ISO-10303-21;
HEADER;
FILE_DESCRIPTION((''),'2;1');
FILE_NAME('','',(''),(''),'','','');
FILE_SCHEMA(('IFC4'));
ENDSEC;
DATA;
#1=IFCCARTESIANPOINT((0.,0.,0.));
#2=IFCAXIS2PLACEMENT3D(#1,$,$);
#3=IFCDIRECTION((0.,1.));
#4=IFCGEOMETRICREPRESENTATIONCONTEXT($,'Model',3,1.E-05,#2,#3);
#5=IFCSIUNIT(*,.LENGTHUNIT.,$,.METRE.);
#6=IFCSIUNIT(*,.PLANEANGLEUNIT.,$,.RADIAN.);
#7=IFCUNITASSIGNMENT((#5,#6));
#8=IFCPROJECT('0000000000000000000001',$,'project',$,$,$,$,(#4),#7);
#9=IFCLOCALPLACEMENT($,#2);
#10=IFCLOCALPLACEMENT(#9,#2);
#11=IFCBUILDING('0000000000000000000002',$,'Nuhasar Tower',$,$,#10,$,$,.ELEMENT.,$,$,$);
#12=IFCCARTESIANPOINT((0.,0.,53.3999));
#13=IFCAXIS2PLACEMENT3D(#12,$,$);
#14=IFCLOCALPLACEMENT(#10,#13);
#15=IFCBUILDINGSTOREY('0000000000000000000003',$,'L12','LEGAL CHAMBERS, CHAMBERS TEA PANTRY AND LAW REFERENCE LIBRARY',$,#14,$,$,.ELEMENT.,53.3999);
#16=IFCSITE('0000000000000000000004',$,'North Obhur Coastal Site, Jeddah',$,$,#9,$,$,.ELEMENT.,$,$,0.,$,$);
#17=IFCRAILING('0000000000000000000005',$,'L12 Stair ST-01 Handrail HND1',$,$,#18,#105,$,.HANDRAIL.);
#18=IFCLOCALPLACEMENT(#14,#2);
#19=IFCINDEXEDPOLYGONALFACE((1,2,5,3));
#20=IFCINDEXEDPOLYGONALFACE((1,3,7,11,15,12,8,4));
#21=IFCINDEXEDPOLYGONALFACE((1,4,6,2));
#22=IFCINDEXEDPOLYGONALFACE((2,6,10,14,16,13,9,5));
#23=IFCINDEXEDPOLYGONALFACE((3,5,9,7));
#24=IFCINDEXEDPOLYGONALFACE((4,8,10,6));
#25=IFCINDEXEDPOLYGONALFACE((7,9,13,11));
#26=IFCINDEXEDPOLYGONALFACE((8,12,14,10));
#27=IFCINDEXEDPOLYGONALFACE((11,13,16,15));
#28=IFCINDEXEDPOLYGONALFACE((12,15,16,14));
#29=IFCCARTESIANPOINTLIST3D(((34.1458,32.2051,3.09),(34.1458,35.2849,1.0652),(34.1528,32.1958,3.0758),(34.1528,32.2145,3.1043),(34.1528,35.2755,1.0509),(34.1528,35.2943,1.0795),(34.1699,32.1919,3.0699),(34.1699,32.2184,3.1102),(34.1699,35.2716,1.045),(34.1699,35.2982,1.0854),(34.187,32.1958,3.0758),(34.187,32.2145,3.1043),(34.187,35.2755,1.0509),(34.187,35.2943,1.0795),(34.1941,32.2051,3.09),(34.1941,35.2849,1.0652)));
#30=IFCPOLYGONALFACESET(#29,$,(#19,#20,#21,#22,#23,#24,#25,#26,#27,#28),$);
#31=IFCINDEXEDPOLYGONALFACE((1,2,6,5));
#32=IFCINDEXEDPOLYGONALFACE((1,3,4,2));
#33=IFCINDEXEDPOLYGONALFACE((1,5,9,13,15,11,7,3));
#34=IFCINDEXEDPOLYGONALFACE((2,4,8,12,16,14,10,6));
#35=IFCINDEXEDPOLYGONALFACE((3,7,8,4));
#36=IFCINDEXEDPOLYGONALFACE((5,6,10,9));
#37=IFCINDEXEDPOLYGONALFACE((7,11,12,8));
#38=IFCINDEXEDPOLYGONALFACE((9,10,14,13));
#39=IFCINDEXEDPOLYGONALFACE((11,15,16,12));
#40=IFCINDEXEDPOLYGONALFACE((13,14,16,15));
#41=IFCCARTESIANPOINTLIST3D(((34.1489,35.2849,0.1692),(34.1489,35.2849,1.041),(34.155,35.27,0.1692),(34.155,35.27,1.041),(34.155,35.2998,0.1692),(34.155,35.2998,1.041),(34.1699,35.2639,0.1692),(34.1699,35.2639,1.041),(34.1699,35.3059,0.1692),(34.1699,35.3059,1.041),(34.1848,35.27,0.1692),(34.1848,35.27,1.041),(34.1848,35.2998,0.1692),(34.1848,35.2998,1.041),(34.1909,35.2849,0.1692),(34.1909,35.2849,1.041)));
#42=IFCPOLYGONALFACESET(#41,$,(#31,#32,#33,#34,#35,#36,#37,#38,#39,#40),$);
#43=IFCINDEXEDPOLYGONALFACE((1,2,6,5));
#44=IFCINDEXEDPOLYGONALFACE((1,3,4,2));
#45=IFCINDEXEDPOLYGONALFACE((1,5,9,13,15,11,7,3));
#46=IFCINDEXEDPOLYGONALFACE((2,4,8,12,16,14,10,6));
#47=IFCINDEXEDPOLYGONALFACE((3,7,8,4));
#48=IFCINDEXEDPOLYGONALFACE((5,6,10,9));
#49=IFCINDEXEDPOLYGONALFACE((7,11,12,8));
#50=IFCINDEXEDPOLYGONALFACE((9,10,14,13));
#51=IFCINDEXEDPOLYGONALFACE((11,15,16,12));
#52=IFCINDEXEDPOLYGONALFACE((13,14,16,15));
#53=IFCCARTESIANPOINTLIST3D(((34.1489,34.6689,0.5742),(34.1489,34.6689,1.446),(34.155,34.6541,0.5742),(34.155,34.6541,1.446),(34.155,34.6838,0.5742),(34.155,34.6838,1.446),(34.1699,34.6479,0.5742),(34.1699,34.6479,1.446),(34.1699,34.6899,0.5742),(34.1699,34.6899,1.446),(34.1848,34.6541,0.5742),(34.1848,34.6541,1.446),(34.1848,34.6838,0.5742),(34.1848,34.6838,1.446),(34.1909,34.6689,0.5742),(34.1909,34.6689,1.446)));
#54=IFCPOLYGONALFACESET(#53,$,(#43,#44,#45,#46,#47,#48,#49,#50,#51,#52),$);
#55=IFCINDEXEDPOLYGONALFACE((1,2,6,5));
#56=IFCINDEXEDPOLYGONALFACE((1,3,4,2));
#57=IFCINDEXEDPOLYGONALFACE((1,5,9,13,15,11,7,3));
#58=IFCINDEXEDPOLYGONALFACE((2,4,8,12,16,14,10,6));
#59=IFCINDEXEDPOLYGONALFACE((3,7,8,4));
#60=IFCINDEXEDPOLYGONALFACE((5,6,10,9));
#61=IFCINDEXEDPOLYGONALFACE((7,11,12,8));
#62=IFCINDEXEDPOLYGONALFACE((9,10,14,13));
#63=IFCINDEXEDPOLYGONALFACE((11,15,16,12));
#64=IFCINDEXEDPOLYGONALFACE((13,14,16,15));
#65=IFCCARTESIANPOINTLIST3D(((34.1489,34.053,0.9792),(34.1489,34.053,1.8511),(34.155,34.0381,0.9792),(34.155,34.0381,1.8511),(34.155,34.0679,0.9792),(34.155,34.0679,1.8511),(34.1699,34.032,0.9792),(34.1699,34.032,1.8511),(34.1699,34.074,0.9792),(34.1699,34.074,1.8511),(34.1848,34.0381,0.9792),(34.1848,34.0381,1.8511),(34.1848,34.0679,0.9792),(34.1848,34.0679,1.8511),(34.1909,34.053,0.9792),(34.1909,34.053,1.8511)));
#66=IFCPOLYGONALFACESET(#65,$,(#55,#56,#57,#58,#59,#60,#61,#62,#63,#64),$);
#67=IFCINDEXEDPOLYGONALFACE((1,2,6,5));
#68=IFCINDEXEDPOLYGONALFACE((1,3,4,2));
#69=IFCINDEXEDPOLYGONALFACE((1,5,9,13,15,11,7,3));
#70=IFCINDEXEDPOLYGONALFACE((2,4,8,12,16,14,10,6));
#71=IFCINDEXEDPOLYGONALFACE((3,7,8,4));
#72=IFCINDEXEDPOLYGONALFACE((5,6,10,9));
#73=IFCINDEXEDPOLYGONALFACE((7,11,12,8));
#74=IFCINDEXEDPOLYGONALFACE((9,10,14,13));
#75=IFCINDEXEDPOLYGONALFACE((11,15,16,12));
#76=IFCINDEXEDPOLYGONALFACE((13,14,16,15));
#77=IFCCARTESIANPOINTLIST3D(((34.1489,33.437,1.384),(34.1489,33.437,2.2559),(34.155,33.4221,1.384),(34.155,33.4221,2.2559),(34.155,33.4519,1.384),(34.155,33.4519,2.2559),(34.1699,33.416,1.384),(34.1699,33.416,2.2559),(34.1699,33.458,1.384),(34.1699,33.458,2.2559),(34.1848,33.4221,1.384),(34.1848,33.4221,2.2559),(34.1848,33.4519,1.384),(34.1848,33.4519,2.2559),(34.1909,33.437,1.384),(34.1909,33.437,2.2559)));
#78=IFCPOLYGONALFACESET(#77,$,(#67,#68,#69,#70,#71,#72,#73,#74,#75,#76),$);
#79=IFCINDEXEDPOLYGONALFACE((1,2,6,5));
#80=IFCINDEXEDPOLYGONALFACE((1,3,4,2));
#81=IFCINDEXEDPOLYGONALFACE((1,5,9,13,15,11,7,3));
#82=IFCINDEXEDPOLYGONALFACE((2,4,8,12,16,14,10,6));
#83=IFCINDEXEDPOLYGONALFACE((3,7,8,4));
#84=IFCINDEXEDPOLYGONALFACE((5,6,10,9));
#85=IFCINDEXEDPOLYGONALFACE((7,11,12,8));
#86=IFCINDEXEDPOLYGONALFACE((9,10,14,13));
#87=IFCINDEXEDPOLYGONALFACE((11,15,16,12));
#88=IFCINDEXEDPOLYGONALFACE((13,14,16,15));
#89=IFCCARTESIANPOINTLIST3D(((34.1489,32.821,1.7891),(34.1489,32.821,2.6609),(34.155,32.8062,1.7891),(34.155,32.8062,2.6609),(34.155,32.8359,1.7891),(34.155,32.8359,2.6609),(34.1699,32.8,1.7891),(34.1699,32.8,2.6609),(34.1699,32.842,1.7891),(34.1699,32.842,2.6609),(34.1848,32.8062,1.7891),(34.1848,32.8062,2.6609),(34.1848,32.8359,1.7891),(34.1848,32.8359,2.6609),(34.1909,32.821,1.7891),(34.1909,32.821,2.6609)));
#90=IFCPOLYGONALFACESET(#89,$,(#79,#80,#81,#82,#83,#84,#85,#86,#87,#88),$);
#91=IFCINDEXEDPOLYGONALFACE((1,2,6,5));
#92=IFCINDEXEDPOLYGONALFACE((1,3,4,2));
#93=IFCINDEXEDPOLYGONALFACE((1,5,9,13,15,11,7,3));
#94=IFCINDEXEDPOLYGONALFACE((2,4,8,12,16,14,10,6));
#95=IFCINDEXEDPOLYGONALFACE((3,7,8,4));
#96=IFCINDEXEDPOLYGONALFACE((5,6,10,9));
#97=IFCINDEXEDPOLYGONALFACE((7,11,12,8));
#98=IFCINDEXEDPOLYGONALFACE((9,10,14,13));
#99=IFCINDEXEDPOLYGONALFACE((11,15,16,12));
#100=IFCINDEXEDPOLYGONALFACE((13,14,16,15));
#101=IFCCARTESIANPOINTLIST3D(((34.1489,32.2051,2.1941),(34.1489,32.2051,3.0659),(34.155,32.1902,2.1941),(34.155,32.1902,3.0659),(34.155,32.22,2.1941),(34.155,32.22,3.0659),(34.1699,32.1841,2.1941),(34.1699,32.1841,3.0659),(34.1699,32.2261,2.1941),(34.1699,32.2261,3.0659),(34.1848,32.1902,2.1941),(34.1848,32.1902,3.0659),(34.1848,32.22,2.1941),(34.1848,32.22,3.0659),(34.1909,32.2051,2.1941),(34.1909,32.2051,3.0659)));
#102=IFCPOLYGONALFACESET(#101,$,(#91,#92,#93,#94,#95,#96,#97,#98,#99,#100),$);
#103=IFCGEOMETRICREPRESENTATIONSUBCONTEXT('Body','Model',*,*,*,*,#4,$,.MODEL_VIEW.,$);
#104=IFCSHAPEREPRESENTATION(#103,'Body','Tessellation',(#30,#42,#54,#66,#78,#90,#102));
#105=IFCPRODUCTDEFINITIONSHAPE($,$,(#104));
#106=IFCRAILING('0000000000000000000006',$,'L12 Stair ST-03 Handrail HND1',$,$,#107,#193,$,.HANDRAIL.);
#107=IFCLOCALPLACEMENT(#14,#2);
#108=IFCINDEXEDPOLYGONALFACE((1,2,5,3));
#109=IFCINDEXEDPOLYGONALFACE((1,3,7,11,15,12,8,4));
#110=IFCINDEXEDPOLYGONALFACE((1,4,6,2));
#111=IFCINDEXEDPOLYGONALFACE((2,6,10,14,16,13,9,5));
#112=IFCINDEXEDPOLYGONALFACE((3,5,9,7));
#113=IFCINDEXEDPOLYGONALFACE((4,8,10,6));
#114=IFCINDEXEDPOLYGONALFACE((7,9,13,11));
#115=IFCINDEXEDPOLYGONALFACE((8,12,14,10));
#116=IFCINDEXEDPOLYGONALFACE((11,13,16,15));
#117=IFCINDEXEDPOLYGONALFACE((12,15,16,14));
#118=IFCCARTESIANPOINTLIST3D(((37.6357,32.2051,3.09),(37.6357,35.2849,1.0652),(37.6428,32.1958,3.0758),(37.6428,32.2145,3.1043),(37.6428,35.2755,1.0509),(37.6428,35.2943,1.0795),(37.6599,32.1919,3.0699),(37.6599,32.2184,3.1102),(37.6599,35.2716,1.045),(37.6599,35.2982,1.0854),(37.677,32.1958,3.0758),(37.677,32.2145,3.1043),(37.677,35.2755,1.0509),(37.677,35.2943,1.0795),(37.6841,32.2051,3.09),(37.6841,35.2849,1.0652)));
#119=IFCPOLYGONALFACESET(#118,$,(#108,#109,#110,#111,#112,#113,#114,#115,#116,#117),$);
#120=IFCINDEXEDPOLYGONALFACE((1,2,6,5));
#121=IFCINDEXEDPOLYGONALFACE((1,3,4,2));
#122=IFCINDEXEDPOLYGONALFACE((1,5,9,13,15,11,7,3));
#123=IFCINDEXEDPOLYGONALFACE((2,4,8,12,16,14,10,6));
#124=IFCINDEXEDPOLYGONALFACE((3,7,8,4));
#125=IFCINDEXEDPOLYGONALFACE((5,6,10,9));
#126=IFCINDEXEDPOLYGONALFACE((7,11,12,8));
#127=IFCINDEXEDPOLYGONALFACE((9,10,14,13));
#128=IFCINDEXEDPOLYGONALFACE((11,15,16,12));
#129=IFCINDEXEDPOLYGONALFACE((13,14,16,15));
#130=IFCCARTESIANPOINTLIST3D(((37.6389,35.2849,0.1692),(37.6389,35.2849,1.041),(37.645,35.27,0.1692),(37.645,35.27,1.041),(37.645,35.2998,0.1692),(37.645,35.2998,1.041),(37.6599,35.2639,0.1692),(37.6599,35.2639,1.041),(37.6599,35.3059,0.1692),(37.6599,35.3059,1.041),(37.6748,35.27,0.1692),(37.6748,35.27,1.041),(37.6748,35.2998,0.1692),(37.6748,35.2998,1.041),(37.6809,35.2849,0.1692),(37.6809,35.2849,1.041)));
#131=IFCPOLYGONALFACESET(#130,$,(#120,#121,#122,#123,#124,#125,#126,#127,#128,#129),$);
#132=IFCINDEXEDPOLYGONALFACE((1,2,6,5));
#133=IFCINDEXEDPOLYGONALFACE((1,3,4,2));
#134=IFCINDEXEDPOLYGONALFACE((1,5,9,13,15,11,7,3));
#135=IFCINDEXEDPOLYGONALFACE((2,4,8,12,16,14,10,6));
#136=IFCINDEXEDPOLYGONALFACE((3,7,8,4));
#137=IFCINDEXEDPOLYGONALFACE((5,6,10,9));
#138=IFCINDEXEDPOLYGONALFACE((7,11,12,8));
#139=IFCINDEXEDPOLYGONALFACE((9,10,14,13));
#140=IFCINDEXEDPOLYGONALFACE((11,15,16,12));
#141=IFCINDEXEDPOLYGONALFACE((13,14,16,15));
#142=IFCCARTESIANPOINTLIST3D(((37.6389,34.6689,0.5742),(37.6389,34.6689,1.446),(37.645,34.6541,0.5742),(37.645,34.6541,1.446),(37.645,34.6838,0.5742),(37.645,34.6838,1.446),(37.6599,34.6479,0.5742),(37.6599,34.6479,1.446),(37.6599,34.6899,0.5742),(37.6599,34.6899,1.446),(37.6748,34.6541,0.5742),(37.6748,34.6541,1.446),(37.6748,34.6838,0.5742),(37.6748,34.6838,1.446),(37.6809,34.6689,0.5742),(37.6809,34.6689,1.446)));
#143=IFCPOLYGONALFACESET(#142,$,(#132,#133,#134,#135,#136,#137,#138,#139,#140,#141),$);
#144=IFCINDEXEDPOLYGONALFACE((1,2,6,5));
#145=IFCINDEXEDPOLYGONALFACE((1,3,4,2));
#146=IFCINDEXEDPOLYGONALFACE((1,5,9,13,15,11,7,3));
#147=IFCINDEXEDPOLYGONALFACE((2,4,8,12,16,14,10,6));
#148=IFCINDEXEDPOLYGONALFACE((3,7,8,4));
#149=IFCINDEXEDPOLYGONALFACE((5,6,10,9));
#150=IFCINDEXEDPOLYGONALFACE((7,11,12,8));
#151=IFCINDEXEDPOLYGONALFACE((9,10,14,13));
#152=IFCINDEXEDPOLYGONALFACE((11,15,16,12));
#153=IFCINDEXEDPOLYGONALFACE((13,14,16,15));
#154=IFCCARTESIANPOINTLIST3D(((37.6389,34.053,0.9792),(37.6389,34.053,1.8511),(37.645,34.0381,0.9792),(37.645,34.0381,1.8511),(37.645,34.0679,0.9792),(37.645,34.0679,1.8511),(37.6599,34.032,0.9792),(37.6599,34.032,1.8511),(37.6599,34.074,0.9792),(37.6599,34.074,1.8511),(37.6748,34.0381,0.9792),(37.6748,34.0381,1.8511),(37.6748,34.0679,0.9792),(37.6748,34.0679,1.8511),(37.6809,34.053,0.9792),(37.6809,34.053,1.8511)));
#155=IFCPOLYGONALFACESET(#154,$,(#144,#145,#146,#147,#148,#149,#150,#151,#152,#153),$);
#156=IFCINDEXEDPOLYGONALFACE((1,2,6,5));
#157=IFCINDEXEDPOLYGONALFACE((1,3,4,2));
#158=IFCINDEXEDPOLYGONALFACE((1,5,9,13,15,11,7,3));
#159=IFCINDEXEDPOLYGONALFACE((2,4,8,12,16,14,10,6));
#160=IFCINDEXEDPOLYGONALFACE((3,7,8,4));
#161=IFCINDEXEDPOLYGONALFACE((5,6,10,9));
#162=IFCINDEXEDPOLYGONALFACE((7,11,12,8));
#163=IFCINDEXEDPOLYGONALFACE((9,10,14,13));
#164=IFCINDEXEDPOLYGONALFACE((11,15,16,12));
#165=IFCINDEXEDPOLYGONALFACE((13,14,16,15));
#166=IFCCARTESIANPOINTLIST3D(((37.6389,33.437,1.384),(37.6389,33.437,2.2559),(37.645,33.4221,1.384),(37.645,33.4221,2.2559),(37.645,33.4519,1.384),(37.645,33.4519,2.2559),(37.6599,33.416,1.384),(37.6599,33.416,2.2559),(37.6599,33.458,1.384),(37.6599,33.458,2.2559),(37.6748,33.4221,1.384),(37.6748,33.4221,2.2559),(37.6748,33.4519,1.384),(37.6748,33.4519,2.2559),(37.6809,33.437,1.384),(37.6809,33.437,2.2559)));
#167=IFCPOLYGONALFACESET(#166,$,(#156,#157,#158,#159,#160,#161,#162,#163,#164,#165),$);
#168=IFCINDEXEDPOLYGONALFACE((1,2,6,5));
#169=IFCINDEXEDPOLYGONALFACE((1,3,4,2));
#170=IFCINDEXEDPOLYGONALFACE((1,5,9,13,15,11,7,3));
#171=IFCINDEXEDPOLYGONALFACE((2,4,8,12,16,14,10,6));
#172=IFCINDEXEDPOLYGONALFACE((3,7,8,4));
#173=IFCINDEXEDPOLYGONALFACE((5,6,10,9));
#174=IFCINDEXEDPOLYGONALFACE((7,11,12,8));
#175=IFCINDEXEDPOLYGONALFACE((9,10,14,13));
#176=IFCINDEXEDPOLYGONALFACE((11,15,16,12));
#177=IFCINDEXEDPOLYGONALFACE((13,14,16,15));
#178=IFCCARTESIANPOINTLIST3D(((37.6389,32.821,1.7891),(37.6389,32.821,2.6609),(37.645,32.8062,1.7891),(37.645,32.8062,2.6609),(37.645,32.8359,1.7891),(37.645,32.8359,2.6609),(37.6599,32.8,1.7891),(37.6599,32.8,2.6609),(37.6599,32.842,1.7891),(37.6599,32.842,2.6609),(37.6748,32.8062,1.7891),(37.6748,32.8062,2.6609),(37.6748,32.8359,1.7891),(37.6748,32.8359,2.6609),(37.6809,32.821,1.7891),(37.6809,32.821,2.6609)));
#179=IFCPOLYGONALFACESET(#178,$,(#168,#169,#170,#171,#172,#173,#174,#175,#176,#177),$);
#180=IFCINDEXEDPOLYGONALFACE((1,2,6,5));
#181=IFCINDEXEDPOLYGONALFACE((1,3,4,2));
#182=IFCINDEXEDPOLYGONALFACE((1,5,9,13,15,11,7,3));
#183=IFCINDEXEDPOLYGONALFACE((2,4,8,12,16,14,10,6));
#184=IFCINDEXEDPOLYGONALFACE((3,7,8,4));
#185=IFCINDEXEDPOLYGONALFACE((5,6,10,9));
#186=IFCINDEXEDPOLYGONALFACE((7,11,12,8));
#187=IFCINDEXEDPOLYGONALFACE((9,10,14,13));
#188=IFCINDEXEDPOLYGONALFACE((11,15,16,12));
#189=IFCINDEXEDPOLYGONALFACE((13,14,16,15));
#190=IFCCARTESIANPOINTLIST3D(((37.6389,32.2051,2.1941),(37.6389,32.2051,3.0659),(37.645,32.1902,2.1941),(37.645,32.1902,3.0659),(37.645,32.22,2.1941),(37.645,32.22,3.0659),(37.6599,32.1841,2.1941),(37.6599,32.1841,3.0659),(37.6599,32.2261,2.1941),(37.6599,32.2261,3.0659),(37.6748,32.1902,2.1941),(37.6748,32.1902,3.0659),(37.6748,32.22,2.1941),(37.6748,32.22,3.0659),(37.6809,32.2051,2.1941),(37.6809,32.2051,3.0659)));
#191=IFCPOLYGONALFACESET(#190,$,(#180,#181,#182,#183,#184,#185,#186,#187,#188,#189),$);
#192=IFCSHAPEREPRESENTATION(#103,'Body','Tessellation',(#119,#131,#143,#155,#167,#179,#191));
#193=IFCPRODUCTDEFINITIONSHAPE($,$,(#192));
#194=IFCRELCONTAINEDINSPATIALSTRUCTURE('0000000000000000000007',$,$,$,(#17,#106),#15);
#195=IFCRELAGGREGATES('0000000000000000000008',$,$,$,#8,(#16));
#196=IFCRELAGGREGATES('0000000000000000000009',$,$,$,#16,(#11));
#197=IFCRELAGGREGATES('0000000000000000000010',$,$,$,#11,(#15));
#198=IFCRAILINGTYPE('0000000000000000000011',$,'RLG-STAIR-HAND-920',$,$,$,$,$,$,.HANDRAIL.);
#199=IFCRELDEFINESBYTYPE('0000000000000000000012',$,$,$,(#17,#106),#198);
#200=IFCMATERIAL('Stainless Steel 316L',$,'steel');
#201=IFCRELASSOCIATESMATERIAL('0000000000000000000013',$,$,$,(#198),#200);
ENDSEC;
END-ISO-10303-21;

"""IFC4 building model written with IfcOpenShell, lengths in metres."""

from ifc_helpers import new_model, si_unit, direction, frame, origin, place, context, subcontext, project, spatial, polyline, outline, extrude, material, type_object, element, save


model = new_model("IFC4")

# Units and contexts
model_context = context("Model", 3, precision=1e-05, world=origin(), true_north=direction((0.0, 1.0)))
body_context = subcontext(model_context, "Body", "Model", "MODEL_VIEW")
ifc_project = project(units=[si_unit("LENGTHUNIT", "METRE"), si_unit("PLANEANGLEUNIT", "RADIAN")], contexts=[model_context])

# Site, building, storey
site_placement = place(None, origin())
site = spatial("IfcSite", under=ifc_project, at=site_placement, Name="North Obhur Coastal Site, Jeddah", CompositionType="ELEMENT", RefElevation=0.0)
building_placement = place(site_placement, origin())
building = spatial("IfcBuilding", under=site, at=building_placement, Name="Nuhasar Tower", CompositionType="ELEMENT")
storey_placement = place(building_placement, frame((0.0, 0.0, 53.3999)))
storey = spatial("IfcBuildingStorey", under=building, at=storey_placement, Name="L12", Description="LEGAL CHAMBERS, CHAMBERS TEA PANTRY AND LAW REFERENCE LIBRARY", CompositionType="ELEMENT", Elevation=53.3999)

# Railings
ifc_material_1 = material(Name="Stainless Steel 316L", Category="steel")
railing_type_1 = type_object("IfcRailingType", Name="RLG-STAIR-HAND-920", PredefinedType="HANDRAIL", material=ifc_material_1)
railing_1_placement = place(storey_placement, frame((34.1699, 35.2849, 0.1692)))
element("IfcRailing", 1, at=railing_1_placement, inside=storey, type_object=railing_type_1, Name="L12 Stair ST-01 Handrail HND1", PredefinedType="HANDRAIL", context=body_context, shape_type="SweptSolid", body=[
    extrude(outline(polyline([(0.0242, 0.0), (0.0171, 0.0171), (0.0, 0.0242), (-0.0171, 0.0171), (-0.0242, 0.0), (-0.0171, -0.0171), (0.0, -0.0242), (0.0171, -0.0171), (0.0242, 0.0)])), frame((0.0, 0.0, 0.896), z_axis=(0.0, -0.83558, 0.54937), x_axis=(1.0, 0.0, 0.0)), (0.0, 0.0, 1.0), 3.6858),
    extrude(outline(polyline([(0.021, 0.0), (0.0149, 0.0149), (0.0, 0.021), (-0.0149, 0.0149), (-0.021, 0.0), (-0.0149, -0.0149), (0.0, -0.021), (0.0149, -0.0149), (0.021, 0.0)])), origin(), (0.0, 0.0, 1.0), 0.8718),
    extrude(outline(polyline([(0.021, 0.0), (0.0149, 0.0149), (0.0, 0.021), (-0.0149, 0.0149), (-0.021, 0.0), (-0.0149, -0.0149), (0.0, -0.021), (0.0149, -0.0149), (0.021, 0.0)])), frame((0.0, -0.616, 0.405)), (0.0, 0.0, 1.0), 0.8718),
    extrude(outline(polyline([(0.021, 0.0), (0.0149, 0.0149), (0.0, 0.021), (-0.0149, 0.0149), (-0.021, 0.0), (-0.0149, -0.0149), (0.0, -0.021), (0.0149, -0.0149), (0.021, 0.0)])), frame((0.0, -1.2319, 0.8101)), (0.0, 0.0, 1.0), 0.8718),
    extrude(outline(polyline([(0.021, 0.0), (0.0149, 0.0149), (0.0, 0.021), (-0.0149, 0.0149), (-0.021, 0.0), (-0.0149, -0.0149), (0.0, -0.021), (0.0149, -0.0149), (0.021, 0.0)])), frame((0.0, -1.8479, 1.2148)), (0.0, 0.0, 1.0), 0.8718),
    extrude(outline(polyline([(0.021, 0.0), (0.0149, 0.0149), (0.0, 0.021), (-0.0149, 0.0149), (-0.021, 0.0), (-0.0149, -0.0149), (0.0, -0.021), (0.0149, -0.0149), (0.021, 0.0)])), frame((0.0, -2.4639, 1.6199)), (0.0, 0.0, 1.0), 0.8718),
    extrude(outline(polyline([(0.021, 0.0), (0.0149, 0.0149), (0.0, 0.021), (-0.0149, 0.0149), (-0.021, 0.0), (-0.0149, -0.0149), (0.0, -0.021), (0.0149, -0.0149), (0.021, 0.0)])), frame((0.0, -3.0798, 2.0249)), (0.0, 0.0, 1.0), 0.8718),
])
railing_2_placement = place(storey_placement, frame((37.6599, 35.2849, 0.1692)))
element("IfcRailing", 2, at=railing_2_placement, inside=storey, type_object=railing_type_1, Name="L12 Stair ST-03 Handrail HND1", PredefinedType="HANDRAIL", context=body_context, shape_type="SweptSolid", body=[
    extrude(outline(polyline([(0.0242, 0.0), (0.0171, 0.0171), (0.0, 0.0242), (-0.0171, 0.0171), (-0.0242, 0.0), (-0.0171, -0.0171), (0.0, -0.0242), (0.0171, -0.0171), (0.0242, 0.0)])), frame((0.0, 0.0, 0.896), z_axis=(0.0, -0.83558, 0.54937), x_axis=(1.0, 0.0, 0.0)), (0.0, 0.0, 1.0), 3.6858),
    extrude(outline(polyline([(0.021, 0.0), (0.0149, 0.0149), (0.0, 0.021), (-0.0149, 0.0149), (-0.021, 0.0), (-0.0149, -0.0149), (0.0, -0.021), (0.0149, -0.0149), (0.021, 0.0)])), origin(), (0.0, 0.0, 1.0), 0.8718),
    extrude(outline(polyline([(0.021, 0.0), (0.0149, 0.0149), (0.0, 0.021), (-0.0149, 0.0149), (-0.021, 0.0), (-0.0149, -0.0149), (0.0, -0.021), (0.0149, -0.0149), (0.021, 0.0)])), frame((0.0, -0.616, 0.405)), (0.0, 0.0, 1.0), 0.8718),
    extrude(outline(polyline([(0.021, 0.0), (0.0149, 0.0149), (0.0, 0.021), (-0.0149, 0.0149), (-0.021, 0.0), (-0.0149, -0.0149), (0.0, -0.021), (0.0149, -0.0149), (0.021, 0.0)])), frame((0.0, -1.2319, 0.8101)), (0.0, 0.0, 1.0), 0.8718),
    extrude(outline(polyline([(0.021, 0.0), (0.0149, 0.0149), (0.0, 0.021), (-0.0149, 0.0149), (-0.021, 0.0), (-0.0149, -0.0149), (0.0, -0.021), (0.0149, -0.0149), (0.021, 0.0)])), frame((0.0, -1.8479, 1.2148)), (0.0, 0.0, 1.0), 0.8718),
    extrude(outline(polyline([(0.021, 0.0), (0.0149, 0.0149), (0.0, 0.021), (-0.0149, 0.0149), (-0.021, 0.0), (-0.0149, -0.0149), (0.0, -0.021), (0.0149, -0.0149), (0.021, 0.0)])), frame((0.0, -2.4639, 1.6199)), (0.0, 0.0, 1.0), 0.8718),
    extrude(outline(polyline([(0.021, 0.0), (0.0149, 0.0149), (0.0, 0.021), (-0.0149, 0.0149), (-0.021, 0.0), (-0.0149, -0.0149), (0.0, -0.021), (0.0149, -0.0149), (0.021, 0.0)])), frame((0.0, -3.0798, 2.0249)), (0.0, 0.0, 1.0), 0.8718),
])

save(model, "model.ifc")
